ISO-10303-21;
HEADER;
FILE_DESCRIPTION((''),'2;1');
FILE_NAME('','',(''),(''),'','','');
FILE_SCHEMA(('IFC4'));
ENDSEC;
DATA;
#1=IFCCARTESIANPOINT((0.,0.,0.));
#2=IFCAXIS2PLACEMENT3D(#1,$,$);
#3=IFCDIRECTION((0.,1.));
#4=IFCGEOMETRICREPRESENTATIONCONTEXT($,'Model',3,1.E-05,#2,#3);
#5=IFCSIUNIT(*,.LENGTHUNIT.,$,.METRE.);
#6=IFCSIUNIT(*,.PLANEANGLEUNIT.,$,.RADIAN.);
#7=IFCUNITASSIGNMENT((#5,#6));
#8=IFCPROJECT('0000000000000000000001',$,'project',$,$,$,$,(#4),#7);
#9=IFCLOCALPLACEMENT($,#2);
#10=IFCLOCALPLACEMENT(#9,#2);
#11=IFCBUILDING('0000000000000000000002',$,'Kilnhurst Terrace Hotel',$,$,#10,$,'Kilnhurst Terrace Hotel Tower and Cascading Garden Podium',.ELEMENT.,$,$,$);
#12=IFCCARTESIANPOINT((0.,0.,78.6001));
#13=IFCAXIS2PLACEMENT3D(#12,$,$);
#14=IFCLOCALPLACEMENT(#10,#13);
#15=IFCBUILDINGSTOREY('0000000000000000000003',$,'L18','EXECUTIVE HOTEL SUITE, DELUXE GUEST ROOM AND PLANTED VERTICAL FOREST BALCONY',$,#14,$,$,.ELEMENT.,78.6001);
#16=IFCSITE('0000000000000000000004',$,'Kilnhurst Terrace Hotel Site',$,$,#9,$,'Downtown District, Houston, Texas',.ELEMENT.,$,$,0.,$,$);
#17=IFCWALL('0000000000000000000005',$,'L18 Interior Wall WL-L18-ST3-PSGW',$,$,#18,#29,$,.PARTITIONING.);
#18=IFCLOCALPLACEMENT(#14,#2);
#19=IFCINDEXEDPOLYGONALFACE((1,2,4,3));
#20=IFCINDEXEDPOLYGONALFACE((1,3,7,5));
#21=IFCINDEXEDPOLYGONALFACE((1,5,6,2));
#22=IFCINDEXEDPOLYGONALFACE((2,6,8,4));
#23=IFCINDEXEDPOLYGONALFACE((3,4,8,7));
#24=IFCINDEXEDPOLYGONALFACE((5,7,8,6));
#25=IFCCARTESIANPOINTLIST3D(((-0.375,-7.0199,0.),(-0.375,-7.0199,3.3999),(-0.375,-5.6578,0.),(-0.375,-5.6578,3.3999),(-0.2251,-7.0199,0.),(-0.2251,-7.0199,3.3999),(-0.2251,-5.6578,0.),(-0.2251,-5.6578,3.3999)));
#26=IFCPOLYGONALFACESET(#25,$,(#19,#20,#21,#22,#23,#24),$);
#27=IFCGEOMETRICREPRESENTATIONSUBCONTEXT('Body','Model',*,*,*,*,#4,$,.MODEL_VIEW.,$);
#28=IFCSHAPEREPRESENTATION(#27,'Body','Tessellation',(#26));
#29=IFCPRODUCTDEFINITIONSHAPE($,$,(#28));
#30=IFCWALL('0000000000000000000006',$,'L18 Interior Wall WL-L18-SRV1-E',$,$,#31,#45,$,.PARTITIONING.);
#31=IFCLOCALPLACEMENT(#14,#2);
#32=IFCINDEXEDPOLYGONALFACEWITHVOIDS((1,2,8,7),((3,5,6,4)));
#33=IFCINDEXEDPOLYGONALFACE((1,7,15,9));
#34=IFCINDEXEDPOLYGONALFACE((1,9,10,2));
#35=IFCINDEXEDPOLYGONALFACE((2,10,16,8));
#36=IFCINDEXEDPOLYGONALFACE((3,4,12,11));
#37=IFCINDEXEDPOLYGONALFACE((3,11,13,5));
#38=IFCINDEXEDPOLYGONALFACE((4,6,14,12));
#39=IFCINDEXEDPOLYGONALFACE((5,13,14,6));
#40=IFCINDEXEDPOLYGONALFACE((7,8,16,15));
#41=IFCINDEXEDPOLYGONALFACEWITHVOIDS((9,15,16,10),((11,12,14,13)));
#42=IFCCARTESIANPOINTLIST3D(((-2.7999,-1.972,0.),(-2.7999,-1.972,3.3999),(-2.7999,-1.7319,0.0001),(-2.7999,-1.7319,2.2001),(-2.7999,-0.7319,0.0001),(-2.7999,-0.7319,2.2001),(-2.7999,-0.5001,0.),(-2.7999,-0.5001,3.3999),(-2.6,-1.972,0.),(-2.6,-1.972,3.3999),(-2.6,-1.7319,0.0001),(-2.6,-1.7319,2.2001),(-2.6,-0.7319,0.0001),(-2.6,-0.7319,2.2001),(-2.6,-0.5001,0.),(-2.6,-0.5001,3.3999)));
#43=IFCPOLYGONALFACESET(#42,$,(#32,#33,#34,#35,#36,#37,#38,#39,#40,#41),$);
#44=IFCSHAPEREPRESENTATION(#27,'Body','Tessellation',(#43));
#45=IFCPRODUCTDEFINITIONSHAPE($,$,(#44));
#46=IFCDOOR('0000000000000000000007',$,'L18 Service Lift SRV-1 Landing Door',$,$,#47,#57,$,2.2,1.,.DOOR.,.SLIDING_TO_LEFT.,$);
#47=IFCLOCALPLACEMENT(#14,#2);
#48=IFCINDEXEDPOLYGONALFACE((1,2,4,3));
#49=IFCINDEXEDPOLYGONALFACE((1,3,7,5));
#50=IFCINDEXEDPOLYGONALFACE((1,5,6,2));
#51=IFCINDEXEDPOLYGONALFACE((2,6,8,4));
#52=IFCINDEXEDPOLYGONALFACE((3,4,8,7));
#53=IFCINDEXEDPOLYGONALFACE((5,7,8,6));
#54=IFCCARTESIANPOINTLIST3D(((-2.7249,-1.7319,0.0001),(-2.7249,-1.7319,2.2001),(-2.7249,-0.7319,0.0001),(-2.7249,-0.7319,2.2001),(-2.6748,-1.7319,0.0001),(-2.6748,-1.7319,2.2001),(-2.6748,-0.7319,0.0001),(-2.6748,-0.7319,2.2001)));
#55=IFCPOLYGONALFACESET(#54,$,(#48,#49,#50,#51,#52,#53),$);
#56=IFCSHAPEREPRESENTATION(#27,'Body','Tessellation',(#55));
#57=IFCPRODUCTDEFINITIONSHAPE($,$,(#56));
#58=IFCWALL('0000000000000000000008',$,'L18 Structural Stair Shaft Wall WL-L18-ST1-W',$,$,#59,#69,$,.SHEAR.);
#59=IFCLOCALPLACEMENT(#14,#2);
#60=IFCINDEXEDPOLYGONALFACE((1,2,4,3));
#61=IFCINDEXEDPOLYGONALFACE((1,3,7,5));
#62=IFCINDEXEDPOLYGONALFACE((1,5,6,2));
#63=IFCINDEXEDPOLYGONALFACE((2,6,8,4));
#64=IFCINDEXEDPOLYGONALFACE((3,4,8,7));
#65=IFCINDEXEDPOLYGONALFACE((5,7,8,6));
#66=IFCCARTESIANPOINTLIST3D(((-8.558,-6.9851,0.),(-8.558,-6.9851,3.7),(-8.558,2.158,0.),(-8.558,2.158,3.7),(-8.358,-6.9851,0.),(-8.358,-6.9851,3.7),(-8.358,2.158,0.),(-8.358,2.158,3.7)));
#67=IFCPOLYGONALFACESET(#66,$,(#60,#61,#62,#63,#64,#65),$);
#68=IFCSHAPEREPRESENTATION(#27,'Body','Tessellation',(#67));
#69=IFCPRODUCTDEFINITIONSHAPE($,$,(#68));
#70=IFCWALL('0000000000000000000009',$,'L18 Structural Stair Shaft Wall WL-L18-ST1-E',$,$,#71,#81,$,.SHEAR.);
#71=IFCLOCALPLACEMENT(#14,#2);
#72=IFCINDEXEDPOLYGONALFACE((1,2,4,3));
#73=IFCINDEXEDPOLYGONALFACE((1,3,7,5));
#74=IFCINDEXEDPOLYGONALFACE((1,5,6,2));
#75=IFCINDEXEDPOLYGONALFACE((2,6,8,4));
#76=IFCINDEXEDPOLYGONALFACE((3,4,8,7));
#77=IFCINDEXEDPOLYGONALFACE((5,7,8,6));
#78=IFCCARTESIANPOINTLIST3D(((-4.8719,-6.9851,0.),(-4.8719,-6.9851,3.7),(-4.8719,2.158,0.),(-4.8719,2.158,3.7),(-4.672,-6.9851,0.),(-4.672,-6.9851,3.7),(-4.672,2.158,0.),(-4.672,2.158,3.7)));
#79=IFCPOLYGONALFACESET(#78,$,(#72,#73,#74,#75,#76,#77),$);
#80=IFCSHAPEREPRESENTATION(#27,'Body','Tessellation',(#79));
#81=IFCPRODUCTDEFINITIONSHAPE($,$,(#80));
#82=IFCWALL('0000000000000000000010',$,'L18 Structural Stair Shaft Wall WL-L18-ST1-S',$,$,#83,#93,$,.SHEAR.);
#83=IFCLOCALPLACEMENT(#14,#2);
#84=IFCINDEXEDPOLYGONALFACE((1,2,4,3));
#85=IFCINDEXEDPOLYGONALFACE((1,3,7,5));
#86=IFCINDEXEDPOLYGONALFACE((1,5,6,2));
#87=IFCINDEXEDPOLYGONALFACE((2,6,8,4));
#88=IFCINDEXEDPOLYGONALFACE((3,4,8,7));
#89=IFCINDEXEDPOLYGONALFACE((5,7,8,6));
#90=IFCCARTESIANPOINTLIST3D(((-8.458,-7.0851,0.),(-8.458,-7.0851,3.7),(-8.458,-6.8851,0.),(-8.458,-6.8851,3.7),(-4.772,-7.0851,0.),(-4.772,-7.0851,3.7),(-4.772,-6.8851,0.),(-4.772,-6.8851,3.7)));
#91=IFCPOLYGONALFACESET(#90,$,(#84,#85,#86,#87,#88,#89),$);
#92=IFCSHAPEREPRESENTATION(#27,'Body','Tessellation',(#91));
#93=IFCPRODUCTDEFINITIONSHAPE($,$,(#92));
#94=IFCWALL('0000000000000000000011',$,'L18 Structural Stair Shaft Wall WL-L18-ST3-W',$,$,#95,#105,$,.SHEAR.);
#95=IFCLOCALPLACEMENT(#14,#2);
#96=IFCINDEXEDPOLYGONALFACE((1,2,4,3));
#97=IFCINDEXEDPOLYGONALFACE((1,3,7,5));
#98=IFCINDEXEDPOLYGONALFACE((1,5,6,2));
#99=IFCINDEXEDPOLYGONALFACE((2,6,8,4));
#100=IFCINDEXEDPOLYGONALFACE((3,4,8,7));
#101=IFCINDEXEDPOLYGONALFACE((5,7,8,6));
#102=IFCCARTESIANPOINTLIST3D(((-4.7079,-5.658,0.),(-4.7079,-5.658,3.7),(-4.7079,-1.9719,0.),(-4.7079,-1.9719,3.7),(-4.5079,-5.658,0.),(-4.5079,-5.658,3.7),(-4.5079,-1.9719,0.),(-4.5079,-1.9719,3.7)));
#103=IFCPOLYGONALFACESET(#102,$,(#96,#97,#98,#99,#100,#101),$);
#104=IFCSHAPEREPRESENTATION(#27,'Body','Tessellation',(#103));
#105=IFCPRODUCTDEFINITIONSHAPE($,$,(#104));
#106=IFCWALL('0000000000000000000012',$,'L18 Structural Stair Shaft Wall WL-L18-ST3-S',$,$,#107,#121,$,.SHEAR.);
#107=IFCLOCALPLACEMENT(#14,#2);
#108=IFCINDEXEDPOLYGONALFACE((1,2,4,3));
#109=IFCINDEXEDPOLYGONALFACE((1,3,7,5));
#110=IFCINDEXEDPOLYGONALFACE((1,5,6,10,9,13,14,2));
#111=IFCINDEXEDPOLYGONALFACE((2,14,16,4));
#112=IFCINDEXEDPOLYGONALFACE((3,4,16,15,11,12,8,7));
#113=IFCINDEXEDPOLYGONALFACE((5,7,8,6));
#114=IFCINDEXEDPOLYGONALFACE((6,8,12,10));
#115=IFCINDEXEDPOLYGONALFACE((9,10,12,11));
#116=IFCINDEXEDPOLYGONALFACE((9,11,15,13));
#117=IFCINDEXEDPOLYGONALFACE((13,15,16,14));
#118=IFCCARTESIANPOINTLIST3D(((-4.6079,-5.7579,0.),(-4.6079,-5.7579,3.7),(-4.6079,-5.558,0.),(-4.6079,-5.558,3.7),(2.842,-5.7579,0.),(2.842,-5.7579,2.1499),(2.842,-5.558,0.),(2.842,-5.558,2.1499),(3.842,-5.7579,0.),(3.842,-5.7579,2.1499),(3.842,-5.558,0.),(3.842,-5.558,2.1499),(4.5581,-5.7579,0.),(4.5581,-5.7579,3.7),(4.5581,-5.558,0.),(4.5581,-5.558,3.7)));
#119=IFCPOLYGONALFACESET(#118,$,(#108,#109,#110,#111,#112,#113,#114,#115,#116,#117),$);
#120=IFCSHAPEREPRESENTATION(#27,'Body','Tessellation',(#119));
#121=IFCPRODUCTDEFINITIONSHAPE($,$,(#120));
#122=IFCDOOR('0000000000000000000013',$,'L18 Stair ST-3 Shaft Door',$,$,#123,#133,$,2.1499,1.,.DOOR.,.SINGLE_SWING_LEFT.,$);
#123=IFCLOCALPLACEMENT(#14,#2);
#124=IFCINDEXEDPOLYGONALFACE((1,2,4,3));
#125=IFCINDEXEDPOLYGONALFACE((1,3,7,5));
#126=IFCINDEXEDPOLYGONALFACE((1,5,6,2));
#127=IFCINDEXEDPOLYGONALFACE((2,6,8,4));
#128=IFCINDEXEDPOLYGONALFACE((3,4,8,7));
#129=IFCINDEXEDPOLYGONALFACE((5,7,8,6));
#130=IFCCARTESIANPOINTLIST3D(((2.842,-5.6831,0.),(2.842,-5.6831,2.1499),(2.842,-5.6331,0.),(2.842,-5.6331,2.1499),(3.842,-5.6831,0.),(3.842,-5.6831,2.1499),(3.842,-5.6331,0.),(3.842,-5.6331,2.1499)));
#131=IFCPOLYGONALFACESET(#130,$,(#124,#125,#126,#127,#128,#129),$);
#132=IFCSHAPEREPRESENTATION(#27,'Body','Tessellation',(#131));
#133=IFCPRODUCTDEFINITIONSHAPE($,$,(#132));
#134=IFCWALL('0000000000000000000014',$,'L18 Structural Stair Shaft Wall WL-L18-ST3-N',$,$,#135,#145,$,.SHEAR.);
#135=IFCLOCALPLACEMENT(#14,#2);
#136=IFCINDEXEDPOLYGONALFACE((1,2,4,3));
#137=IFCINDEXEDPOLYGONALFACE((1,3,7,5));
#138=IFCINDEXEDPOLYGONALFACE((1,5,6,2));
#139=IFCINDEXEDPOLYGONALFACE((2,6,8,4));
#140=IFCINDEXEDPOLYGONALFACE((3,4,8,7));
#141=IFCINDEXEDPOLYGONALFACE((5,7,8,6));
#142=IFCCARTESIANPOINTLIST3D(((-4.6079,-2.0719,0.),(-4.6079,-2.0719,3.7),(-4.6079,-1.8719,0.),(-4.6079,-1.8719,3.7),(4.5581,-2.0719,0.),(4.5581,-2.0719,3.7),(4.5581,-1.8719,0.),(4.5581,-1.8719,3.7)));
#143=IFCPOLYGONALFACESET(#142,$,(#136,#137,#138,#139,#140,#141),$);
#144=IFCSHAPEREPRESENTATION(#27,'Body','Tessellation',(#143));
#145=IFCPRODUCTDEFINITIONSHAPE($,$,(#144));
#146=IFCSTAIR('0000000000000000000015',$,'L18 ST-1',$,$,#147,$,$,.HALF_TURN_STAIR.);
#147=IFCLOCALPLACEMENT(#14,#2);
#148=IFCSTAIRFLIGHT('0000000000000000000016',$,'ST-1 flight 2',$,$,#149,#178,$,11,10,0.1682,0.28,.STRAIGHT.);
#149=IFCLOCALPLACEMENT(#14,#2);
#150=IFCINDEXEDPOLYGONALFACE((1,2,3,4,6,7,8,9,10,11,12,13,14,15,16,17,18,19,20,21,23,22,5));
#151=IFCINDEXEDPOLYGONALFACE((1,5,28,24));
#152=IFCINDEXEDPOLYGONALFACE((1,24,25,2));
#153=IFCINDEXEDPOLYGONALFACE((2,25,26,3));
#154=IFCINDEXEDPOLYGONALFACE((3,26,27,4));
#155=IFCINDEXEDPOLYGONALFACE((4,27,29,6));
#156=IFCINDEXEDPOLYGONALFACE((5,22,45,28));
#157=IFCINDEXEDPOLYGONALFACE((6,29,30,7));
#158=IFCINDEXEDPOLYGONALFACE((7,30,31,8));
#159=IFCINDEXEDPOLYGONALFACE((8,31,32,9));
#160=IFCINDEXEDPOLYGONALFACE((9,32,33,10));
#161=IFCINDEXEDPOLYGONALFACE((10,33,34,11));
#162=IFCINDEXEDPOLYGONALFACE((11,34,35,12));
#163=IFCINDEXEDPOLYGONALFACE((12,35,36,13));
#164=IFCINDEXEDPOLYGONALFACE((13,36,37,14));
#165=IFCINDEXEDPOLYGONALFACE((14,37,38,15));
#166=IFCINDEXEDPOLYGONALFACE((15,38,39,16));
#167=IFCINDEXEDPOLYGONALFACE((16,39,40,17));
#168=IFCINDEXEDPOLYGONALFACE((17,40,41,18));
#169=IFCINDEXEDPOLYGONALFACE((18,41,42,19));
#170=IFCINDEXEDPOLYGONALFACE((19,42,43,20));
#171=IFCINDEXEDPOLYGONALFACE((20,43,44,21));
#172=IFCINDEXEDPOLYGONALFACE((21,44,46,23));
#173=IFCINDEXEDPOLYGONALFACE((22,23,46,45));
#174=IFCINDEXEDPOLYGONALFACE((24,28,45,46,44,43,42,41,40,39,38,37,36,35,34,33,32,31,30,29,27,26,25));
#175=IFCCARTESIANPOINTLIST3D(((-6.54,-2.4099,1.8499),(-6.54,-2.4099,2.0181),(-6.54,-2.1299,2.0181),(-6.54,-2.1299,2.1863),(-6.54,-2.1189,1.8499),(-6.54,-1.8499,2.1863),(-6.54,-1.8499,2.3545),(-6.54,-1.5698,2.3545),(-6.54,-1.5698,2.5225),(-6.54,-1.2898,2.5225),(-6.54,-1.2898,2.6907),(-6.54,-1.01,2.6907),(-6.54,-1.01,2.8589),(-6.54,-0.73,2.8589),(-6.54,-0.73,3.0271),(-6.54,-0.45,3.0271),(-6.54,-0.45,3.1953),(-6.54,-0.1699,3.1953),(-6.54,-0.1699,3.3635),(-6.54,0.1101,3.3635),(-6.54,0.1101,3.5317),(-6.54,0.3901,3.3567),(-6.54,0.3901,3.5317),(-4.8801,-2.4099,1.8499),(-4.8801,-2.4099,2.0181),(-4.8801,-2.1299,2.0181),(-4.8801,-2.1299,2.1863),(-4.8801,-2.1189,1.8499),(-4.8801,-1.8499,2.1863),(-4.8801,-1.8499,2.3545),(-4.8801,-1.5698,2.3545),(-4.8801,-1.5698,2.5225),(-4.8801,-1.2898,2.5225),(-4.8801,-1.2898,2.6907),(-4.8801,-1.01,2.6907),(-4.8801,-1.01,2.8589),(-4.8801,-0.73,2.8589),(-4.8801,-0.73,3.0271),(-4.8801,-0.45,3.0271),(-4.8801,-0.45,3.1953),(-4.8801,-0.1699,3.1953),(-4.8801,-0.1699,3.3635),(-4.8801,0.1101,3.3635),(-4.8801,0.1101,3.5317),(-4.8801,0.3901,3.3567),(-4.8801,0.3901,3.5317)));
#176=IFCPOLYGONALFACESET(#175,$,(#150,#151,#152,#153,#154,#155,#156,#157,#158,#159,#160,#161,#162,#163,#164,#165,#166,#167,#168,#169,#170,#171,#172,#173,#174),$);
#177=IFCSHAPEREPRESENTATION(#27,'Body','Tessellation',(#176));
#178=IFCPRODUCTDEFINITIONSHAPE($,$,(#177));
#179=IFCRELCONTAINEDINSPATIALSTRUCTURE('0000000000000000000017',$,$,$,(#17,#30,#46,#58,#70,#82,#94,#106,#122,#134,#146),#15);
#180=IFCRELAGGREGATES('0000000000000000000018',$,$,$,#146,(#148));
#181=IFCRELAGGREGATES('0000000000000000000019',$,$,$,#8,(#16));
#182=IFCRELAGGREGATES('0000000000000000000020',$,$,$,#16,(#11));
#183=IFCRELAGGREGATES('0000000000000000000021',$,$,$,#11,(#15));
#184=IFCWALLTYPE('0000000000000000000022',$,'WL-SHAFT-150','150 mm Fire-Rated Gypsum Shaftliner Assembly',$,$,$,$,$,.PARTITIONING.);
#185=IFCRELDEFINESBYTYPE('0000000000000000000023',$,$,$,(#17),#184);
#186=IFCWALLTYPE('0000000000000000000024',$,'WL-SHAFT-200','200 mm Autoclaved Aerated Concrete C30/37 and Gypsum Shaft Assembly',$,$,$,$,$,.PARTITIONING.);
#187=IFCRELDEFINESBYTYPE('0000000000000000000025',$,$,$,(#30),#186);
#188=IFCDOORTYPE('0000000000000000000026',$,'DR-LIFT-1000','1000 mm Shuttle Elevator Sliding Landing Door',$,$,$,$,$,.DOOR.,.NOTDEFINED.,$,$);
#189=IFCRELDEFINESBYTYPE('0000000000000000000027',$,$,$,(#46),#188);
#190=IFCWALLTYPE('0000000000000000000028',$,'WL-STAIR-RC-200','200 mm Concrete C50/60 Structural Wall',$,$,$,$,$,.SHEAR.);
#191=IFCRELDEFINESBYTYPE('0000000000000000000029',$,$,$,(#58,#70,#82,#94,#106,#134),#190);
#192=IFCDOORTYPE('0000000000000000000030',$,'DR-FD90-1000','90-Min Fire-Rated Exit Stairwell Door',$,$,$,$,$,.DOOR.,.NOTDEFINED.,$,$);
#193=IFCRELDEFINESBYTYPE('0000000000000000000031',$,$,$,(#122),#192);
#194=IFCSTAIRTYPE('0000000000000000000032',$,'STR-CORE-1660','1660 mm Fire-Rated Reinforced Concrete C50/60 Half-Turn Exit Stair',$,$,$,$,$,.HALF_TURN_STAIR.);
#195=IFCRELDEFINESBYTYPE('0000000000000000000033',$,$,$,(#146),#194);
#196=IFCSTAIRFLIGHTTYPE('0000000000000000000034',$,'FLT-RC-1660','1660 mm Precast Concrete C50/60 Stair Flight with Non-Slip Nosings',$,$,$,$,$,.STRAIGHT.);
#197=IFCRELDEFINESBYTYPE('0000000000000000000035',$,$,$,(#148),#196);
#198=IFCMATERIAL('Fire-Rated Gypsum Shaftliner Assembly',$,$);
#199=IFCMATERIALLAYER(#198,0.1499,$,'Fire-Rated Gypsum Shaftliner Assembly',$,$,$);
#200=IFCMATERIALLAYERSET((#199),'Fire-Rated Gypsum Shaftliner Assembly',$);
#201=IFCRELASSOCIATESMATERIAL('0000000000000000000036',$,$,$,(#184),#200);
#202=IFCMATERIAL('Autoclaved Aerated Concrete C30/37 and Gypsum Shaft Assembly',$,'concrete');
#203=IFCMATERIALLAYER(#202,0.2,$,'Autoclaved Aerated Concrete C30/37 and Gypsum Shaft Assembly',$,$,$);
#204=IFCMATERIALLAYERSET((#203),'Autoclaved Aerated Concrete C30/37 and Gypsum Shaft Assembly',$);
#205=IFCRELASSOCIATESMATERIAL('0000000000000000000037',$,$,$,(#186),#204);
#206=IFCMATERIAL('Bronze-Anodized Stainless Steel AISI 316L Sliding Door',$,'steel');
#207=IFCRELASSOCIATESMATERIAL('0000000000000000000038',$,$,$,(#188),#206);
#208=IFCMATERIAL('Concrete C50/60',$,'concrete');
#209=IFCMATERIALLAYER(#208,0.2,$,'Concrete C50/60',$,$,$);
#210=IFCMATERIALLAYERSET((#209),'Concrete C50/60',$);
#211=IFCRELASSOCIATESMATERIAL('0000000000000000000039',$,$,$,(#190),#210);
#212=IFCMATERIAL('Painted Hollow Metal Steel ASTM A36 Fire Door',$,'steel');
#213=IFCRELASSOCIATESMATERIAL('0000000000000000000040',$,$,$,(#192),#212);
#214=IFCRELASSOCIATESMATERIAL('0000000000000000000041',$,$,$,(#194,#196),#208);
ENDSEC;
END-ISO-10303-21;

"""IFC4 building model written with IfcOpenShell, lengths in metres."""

from ifc_helpers import new_model, si_unit, direction, frame, frame_2d, origin, place, context, subcontext, project, spatial, polyline, rectangle, outline, extrude, material, layer, layer_set, type_object, element, fill, aggregate, save


model = new_model("IFC4")

# Units and contexts
model_context = context("Model", 3, precision=1e-05, world=origin(), true_north=direction((0.0, 1.0)))
body_context = subcontext(model_context, "Body", "Model", "MODEL_VIEW")
ifc_project = project(units=[si_unit("LENGTHUNIT", "METRE"), si_unit("PLANEANGLEUNIT", "RADIAN")], contexts=[model_context])

# Site, building, storey
site_placement = place(None, origin())
site = spatial("IfcSite", under=ifc_project, at=site_placement, Name="Kilnhurst Terrace Hotel Site", LongName="Downtown District, Houston, Texas", CompositionType="ELEMENT", RefElevation=0.0)
building_placement = place(site_placement, origin())
building = spatial("IfcBuilding", under=site, at=building_placement, Name="Kilnhurst Terrace Hotel", LongName="Kilnhurst Terrace Hotel Tower and Cascading Garden Podium", CompositionType="ELEMENT")
storey_placement = place(building_placement, frame((0.0, 0.0, 78.6001)))
storey = spatial("IfcBuildingStorey", under=building, at=storey_placement, Name="L18", Description="EXECUTIVE HOTEL SUITE, DELUXE GUEST ROOM AND PLANTED VERTICAL FOREST BALCONY", CompositionType="ELEMENT", Elevation=78.6001)

# Shared definitions
ifc_material_1 = material(Name="Painted Hollow Metal Steel ASTM A36 Fire Door", Category="steel")

# Wall
ifc_material_2 = material(Name="Fire-Rated Gypsum Shaftliner Assembly")
ifc_layer_1 = layer(ifc_material_2, 0.1499, Name="Fire-Rated Gypsum Shaftliner Assembly")
ifc_layer_set_1 = layer_set([ifc_layer_1], Name="Fire-Rated Gypsum Shaftliner Assembly")
wall_type_1 = type_object("IfcWallType", Name="WL-SHAFT-150", Description="150 mm Fire-Rated Gypsum Shaftliner Assembly", PredefinedType="PARTITIONING", material=ifc_layer_set_1)
wall_1_placement = place(storey_placement, frame((-0.3, -7.02, 0.0), z_axis=(0.0, 0.0, 1.0), x_axis=(0.0, 1.0, 0.0)))
element("IfcWall", 1, at=wall_1_placement, inside=storey, type_object=wall_type_1, Name="L18 Interior Wall WL-L18-ST3-PSGW", PredefinedType="PARTITIONING", context=body_context, shape_type="SweptSolid", body=[
    extrude(rectangle(XDim=1.3621, YDim=0.1499, at=frame_2d((0.6812, 0.0))), origin(), (0.0, 0.0, 1.0), 3.3999),
])

# Wall, opening, door
ifc_material_3 = material(Name="Autoclaved Aerated Concrete C30/37 and Gypsum Shaft Assembly", Category="concrete")
ifc_layer_2 = layer(ifc_material_3, 0.2, Name="Autoclaved Aerated Concrete C30/37 and Gypsum Shaft Assembly")
ifc_layer_set_2 = layer_set([ifc_layer_2], Name="Autoclaved Aerated Concrete C30/37 and Gypsum Shaft Assembly")
wall_type_2 = type_object("IfcWallType", Name="WL-SHAFT-200", Description="200 mm Autoclaved Aerated Concrete C30/37 and Gypsum Shaft Assembly", PredefinedType="PARTITIONING", material=ifc_layer_set_2)
wall_2_placement = place(storey_placement, frame((-2.7, -1.9719, 0.0), z_axis=(0.0, 0.0, 1.0), x_axis=(0.0, 1.0, 0.0)))
wall_2 = element("IfcWall", 2, at=wall_2_placement, inside=storey, type_object=wall_type_2, Name="L18 Interior Wall WL-L18-SRV1-E", PredefinedType="PARTITIONING", context=body_context, shape_type="SweptSolid", body=[
    extrude(rectangle(XDim=1.4719, YDim=0.2, at=frame_2d((0.7358, 0.0))), origin(), (0.0, 0.0, 1.0), 3.3999),
])
opening_1_placement = place(wall_2_placement, frame((0.24, 0.0, 0.0)))
opening_1 = element("IfcOpeningElement", 3, at=opening_1_placement, cuts=wall_2, PredefinedType="OPENING", context=body_context, shape_type="SweptSolid", body=[
    extrude(rectangle(XDim=1.0, YDim=2.2, at=frame_2d((0.5, 1.1001))), frame((0.0, 0.1099, 0.0), z_axis=(0.0, -1.0, 0.0), x_axis=(1.0, 0.0, 0.0)), (0.0, 0.0, 1.0), 0.22),
])
ifc_material_4 = material(Name="Bronze-Anodized Stainless Steel AISI 316L Sliding Door", Category="steel")
door_type_1 = type_object("IfcDoorType", Name="DR-LIFT-1000", Description="1000 mm Shuttle Elevator Sliding Landing Door", OperationType="NOTDEFINED", PredefinedType="DOOR", material=ifc_material_4)
door_1_placement = place(opening_1_placement, origin())
door_1 = element("IfcDoor", 4, at=door_1_placement, inside=storey, type_object=door_type_1, Name="L18 Service Lift SRV-1 Landing Door", OperationType="SLIDING_TO_LEFT", OverallHeight=2.2, OverallWidth=1.0, PredefinedType="DOOR", context=body_context, shape_type="SweptSolid", body=[
    extrude(rectangle(XDim=1.0, YDim=2.2, at=frame_2d((0.5, 1.1001))), frame((0.0, 0.0249, 0.0), z_axis=(0.0, -1.0, 0.0), x_axis=(1.0, 0.0, 0.0)), (0.0, 0.0, 1.0), 0.05),
])
fill(opening_1, door_1)

# Walls
ifc_material_5 = material(Name="Concrete C50/60", Category="concrete")
ifc_layer_3 = layer(ifc_material_5, 0.2, Name="Concrete C50/60")
ifc_layer_set_3 = layer_set([ifc_layer_3], Name="Concrete C50/60")
wall_type_3 = type_object("IfcWallType", Name="WL-STAIR-RC-200", Description="200 mm Concrete C50/60 Structural Wall", PredefinedType="SHEAR", material=ifc_layer_set_3)
for number, where, z_axis, x_axis, name in (
    (5, (-8.458, -6.9851, 0.0), (0.0, 0.0, 1.0), (0.0, 1.0, 0.0), "L18 Structural Stair Shaft Wall WL-L18-ST1-W"),
    (6, (-4.772, -6.9851, 0.0), (0.0, 0.0, 1.0), (0.0, 1.0, 0.0), "L18 Structural Stair Shaft Wall WL-L18-ST1-E"),
):
    element("IfcWall", number, at=place(storey_placement, frame(where, z_axis=z_axis, x_axis=x_axis)), inside=storey, type_object=wall_type_3, Name=name, PredefinedType="SHEAR", context=body_context, shape_type="SweptSolid", body=[
        extrude(rectangle(XDim=9.1431, YDim=0.2, at=frame_2d((4.5715, 0.0))), origin(), (0.0, 0.0, 1.0), 3.7),
    ])
for number, where, z_axis, x_axis, name in (
    (7, (-8.458, -6.9851, 0.0), (0.0, 0.0, 1.0), (1.0, 0.0, 0.0), "L18 Structural Stair Shaft Wall WL-L18-ST1-S"),
    (8, (-4.6079, -5.658, 0.0), (0.0, 0.0, 1.0), (0.0, 1.0, 0.0), "L18 Structural Stair Shaft Wall WL-L18-ST3-W"),
):
    element("IfcWall", number, at=place(storey_placement, frame(where, z_axis=z_axis, x_axis=x_axis)), inside=storey, type_object=wall_type_3, Name=name, PredefinedType="SHEAR", context=body_context, shape_type="SweptSolid", body=[
        extrude(rectangle(XDim=3.686, YDim=0.2, at=frame_2d((1.843, 0.0))), origin(), (0.0, 0.0, 1.0), 3.7),
    ])

# Wall, opening, door
wall_3_placement = place(storey_placement, frame((-4.6079, -5.658, 0.0), z_axis=(0.0, 0.0, 1.0), x_axis=(1.0, 0.0, 0.0)))
wall_3 = element("IfcWall", 9, at=wall_3_placement, inside=storey, type_object=wall_type_3, Name="L18 Structural Stair Shaft Wall WL-L18-ST3-S", PredefinedType="SHEAR", context=body_context, shape_type="SweptSolid", body=[
    extrude(rectangle(XDim=9.166, YDim=0.2, at=frame_2d((4.583, 0.0))), origin(), (0.0, 0.0, 1.0), 3.7),
])
opening_2_placement = place(wall_3_placement, frame((7.45, 0.0, 0.0)))
opening_2 = element("IfcOpeningElement", 10, at=opening_2_placement, cuts=wall_3, PredefinedType="OPENING", context=body_context, shape_type="SweptSolid", body=[
    extrude(rectangle(XDim=1.0, YDim=2.1499, at=frame_2d((0.5, 1.075))), frame((0.0, 0.1099, 0.0), z_axis=(0.0, -1.0, 0.0), x_axis=(1.0, 0.0, 0.0)), (0.0, 0.0, 1.0), 0.22),
])
door_type_2 = type_object("IfcDoorType", Name="DR-FD90-1000", Description="90-Min Fire-Rated Exit Stairwell Door", OperationType="NOTDEFINED", PredefinedType="DOOR", material=ifc_material_1)
door_2_placement = place(opening_2_placement, origin())
door_2 = element("IfcDoor", 11, at=door_2_placement, inside=storey, type_object=door_type_2, Name="L18 Stair ST-3 Shaft Door", OperationType="SINGLE_SWING_LEFT", OverallHeight=2.1499, OverallWidth=1.0, PredefinedType="DOOR", context=body_context, shape_type="SweptSolid", body=[
    extrude(rectangle(XDim=1.0, YDim=2.1499, at=frame_2d((0.5, 1.075))), frame((0.0, 0.0249, 0.0), z_axis=(0.0, -1.0, 0.0), x_axis=(1.0, 0.0, 0.0)), (0.0, 0.0, 1.0), 0.05),
])
fill(opening_2, door_2)

# Wall
wall_4_placement = place(storey_placement, frame((-4.6079, -1.9719, 0.0), z_axis=(0.0, 0.0, 1.0), x_axis=(1.0, 0.0, 0.0)))
element("IfcWall", 12, at=wall_4_placement, inside=storey, type_object=wall_type_3, Name="L18 Structural Stair Shaft Wall WL-L18-ST3-N", PredefinedType="SHEAR", context=body_context, shape_type="SweptSolid", body=[
    extrude(rectangle(XDim=9.166, YDim=0.2, at=frame_2d((4.583, 0.0))), origin(), (0.0, 0.0, 1.0), 3.7),
])

# Stair, stair flight
stair_type = type_object("IfcStairType", Name="STR-CORE-1660", Description="1660 mm Fire-Rated Reinforced Concrete C50/60 Half-Turn Exit Stair", PredefinedType="HALF_TURN_STAIR", material=ifc_material_5)
stair_1_placement = place(storey_placement, origin())
stair_1 = element("IfcStair", 13, at=stair_1_placement, inside=storey, type_object=stair_type, Name="L18 ST-1", PredefinedType="HALF_TURN_STAIR")
stair_flight_type = type_object("IfcStairFlightType", Name="FLT-RC-1660", Description="1660 mm Precast Concrete C50/60 Stair Flight with Non-Slip Nosings", PredefinedType="STRAIGHT", material=ifc_material_5)
stair_flight_1_placement = place(storey_placement, frame((-5.71, -2.4099, 1.8499), z_axis=(0.0, 0.0, 1.0), x_axis=(0.0, 1.0, 0.0)))
stair_flight_1 = element("IfcStairFlight", 14, at=stair_flight_1_placement, type_object=stair_flight_type, Name="ST-1 flight 2", NumberOfRisers=11, NumberOfTreads=10, PredefinedType="STRAIGHT", RiserHeight=0.1682, TreadLength=0.28, context=body_context, shape_type="SweptSolid", body=[
    extrude(outline(polyline([(0.0, 0.0), (0.0, 0.1682), (0.28, 0.1682), (0.28, 0.3364), (0.5601, 0.3364), (0.5601, 0.5046), (0.8401, 0.5046), (0.8401, 0.6726), (1.1201, 0.6726), (1.1201, 0.8408), (1.3999, 0.8408), (1.3999, 1.009), (1.6799, 1.009), (1.6799, 1.1772), (1.96, 1.1772), (1.96, 1.3455), (2.24, 1.3455), (2.24, 1.5137), (2.52, 1.5137), (2.52, 1.6819), (2.8, 1.6819), (2.8, 1.8501), (2.8, 1.5068), (0.291, 0.0), (0.0, 0.0)])), frame((0.0, 0.8301, 0.0), z_axis=(0.0, -1.0, 0.0), x_axis=(1.0, 0.0, 0.0)), (0.0, 0.0, 1.0), 1.6599),
])
aggregate(stair_1, [stair_flight_1])

save(model, "model.ifc")
